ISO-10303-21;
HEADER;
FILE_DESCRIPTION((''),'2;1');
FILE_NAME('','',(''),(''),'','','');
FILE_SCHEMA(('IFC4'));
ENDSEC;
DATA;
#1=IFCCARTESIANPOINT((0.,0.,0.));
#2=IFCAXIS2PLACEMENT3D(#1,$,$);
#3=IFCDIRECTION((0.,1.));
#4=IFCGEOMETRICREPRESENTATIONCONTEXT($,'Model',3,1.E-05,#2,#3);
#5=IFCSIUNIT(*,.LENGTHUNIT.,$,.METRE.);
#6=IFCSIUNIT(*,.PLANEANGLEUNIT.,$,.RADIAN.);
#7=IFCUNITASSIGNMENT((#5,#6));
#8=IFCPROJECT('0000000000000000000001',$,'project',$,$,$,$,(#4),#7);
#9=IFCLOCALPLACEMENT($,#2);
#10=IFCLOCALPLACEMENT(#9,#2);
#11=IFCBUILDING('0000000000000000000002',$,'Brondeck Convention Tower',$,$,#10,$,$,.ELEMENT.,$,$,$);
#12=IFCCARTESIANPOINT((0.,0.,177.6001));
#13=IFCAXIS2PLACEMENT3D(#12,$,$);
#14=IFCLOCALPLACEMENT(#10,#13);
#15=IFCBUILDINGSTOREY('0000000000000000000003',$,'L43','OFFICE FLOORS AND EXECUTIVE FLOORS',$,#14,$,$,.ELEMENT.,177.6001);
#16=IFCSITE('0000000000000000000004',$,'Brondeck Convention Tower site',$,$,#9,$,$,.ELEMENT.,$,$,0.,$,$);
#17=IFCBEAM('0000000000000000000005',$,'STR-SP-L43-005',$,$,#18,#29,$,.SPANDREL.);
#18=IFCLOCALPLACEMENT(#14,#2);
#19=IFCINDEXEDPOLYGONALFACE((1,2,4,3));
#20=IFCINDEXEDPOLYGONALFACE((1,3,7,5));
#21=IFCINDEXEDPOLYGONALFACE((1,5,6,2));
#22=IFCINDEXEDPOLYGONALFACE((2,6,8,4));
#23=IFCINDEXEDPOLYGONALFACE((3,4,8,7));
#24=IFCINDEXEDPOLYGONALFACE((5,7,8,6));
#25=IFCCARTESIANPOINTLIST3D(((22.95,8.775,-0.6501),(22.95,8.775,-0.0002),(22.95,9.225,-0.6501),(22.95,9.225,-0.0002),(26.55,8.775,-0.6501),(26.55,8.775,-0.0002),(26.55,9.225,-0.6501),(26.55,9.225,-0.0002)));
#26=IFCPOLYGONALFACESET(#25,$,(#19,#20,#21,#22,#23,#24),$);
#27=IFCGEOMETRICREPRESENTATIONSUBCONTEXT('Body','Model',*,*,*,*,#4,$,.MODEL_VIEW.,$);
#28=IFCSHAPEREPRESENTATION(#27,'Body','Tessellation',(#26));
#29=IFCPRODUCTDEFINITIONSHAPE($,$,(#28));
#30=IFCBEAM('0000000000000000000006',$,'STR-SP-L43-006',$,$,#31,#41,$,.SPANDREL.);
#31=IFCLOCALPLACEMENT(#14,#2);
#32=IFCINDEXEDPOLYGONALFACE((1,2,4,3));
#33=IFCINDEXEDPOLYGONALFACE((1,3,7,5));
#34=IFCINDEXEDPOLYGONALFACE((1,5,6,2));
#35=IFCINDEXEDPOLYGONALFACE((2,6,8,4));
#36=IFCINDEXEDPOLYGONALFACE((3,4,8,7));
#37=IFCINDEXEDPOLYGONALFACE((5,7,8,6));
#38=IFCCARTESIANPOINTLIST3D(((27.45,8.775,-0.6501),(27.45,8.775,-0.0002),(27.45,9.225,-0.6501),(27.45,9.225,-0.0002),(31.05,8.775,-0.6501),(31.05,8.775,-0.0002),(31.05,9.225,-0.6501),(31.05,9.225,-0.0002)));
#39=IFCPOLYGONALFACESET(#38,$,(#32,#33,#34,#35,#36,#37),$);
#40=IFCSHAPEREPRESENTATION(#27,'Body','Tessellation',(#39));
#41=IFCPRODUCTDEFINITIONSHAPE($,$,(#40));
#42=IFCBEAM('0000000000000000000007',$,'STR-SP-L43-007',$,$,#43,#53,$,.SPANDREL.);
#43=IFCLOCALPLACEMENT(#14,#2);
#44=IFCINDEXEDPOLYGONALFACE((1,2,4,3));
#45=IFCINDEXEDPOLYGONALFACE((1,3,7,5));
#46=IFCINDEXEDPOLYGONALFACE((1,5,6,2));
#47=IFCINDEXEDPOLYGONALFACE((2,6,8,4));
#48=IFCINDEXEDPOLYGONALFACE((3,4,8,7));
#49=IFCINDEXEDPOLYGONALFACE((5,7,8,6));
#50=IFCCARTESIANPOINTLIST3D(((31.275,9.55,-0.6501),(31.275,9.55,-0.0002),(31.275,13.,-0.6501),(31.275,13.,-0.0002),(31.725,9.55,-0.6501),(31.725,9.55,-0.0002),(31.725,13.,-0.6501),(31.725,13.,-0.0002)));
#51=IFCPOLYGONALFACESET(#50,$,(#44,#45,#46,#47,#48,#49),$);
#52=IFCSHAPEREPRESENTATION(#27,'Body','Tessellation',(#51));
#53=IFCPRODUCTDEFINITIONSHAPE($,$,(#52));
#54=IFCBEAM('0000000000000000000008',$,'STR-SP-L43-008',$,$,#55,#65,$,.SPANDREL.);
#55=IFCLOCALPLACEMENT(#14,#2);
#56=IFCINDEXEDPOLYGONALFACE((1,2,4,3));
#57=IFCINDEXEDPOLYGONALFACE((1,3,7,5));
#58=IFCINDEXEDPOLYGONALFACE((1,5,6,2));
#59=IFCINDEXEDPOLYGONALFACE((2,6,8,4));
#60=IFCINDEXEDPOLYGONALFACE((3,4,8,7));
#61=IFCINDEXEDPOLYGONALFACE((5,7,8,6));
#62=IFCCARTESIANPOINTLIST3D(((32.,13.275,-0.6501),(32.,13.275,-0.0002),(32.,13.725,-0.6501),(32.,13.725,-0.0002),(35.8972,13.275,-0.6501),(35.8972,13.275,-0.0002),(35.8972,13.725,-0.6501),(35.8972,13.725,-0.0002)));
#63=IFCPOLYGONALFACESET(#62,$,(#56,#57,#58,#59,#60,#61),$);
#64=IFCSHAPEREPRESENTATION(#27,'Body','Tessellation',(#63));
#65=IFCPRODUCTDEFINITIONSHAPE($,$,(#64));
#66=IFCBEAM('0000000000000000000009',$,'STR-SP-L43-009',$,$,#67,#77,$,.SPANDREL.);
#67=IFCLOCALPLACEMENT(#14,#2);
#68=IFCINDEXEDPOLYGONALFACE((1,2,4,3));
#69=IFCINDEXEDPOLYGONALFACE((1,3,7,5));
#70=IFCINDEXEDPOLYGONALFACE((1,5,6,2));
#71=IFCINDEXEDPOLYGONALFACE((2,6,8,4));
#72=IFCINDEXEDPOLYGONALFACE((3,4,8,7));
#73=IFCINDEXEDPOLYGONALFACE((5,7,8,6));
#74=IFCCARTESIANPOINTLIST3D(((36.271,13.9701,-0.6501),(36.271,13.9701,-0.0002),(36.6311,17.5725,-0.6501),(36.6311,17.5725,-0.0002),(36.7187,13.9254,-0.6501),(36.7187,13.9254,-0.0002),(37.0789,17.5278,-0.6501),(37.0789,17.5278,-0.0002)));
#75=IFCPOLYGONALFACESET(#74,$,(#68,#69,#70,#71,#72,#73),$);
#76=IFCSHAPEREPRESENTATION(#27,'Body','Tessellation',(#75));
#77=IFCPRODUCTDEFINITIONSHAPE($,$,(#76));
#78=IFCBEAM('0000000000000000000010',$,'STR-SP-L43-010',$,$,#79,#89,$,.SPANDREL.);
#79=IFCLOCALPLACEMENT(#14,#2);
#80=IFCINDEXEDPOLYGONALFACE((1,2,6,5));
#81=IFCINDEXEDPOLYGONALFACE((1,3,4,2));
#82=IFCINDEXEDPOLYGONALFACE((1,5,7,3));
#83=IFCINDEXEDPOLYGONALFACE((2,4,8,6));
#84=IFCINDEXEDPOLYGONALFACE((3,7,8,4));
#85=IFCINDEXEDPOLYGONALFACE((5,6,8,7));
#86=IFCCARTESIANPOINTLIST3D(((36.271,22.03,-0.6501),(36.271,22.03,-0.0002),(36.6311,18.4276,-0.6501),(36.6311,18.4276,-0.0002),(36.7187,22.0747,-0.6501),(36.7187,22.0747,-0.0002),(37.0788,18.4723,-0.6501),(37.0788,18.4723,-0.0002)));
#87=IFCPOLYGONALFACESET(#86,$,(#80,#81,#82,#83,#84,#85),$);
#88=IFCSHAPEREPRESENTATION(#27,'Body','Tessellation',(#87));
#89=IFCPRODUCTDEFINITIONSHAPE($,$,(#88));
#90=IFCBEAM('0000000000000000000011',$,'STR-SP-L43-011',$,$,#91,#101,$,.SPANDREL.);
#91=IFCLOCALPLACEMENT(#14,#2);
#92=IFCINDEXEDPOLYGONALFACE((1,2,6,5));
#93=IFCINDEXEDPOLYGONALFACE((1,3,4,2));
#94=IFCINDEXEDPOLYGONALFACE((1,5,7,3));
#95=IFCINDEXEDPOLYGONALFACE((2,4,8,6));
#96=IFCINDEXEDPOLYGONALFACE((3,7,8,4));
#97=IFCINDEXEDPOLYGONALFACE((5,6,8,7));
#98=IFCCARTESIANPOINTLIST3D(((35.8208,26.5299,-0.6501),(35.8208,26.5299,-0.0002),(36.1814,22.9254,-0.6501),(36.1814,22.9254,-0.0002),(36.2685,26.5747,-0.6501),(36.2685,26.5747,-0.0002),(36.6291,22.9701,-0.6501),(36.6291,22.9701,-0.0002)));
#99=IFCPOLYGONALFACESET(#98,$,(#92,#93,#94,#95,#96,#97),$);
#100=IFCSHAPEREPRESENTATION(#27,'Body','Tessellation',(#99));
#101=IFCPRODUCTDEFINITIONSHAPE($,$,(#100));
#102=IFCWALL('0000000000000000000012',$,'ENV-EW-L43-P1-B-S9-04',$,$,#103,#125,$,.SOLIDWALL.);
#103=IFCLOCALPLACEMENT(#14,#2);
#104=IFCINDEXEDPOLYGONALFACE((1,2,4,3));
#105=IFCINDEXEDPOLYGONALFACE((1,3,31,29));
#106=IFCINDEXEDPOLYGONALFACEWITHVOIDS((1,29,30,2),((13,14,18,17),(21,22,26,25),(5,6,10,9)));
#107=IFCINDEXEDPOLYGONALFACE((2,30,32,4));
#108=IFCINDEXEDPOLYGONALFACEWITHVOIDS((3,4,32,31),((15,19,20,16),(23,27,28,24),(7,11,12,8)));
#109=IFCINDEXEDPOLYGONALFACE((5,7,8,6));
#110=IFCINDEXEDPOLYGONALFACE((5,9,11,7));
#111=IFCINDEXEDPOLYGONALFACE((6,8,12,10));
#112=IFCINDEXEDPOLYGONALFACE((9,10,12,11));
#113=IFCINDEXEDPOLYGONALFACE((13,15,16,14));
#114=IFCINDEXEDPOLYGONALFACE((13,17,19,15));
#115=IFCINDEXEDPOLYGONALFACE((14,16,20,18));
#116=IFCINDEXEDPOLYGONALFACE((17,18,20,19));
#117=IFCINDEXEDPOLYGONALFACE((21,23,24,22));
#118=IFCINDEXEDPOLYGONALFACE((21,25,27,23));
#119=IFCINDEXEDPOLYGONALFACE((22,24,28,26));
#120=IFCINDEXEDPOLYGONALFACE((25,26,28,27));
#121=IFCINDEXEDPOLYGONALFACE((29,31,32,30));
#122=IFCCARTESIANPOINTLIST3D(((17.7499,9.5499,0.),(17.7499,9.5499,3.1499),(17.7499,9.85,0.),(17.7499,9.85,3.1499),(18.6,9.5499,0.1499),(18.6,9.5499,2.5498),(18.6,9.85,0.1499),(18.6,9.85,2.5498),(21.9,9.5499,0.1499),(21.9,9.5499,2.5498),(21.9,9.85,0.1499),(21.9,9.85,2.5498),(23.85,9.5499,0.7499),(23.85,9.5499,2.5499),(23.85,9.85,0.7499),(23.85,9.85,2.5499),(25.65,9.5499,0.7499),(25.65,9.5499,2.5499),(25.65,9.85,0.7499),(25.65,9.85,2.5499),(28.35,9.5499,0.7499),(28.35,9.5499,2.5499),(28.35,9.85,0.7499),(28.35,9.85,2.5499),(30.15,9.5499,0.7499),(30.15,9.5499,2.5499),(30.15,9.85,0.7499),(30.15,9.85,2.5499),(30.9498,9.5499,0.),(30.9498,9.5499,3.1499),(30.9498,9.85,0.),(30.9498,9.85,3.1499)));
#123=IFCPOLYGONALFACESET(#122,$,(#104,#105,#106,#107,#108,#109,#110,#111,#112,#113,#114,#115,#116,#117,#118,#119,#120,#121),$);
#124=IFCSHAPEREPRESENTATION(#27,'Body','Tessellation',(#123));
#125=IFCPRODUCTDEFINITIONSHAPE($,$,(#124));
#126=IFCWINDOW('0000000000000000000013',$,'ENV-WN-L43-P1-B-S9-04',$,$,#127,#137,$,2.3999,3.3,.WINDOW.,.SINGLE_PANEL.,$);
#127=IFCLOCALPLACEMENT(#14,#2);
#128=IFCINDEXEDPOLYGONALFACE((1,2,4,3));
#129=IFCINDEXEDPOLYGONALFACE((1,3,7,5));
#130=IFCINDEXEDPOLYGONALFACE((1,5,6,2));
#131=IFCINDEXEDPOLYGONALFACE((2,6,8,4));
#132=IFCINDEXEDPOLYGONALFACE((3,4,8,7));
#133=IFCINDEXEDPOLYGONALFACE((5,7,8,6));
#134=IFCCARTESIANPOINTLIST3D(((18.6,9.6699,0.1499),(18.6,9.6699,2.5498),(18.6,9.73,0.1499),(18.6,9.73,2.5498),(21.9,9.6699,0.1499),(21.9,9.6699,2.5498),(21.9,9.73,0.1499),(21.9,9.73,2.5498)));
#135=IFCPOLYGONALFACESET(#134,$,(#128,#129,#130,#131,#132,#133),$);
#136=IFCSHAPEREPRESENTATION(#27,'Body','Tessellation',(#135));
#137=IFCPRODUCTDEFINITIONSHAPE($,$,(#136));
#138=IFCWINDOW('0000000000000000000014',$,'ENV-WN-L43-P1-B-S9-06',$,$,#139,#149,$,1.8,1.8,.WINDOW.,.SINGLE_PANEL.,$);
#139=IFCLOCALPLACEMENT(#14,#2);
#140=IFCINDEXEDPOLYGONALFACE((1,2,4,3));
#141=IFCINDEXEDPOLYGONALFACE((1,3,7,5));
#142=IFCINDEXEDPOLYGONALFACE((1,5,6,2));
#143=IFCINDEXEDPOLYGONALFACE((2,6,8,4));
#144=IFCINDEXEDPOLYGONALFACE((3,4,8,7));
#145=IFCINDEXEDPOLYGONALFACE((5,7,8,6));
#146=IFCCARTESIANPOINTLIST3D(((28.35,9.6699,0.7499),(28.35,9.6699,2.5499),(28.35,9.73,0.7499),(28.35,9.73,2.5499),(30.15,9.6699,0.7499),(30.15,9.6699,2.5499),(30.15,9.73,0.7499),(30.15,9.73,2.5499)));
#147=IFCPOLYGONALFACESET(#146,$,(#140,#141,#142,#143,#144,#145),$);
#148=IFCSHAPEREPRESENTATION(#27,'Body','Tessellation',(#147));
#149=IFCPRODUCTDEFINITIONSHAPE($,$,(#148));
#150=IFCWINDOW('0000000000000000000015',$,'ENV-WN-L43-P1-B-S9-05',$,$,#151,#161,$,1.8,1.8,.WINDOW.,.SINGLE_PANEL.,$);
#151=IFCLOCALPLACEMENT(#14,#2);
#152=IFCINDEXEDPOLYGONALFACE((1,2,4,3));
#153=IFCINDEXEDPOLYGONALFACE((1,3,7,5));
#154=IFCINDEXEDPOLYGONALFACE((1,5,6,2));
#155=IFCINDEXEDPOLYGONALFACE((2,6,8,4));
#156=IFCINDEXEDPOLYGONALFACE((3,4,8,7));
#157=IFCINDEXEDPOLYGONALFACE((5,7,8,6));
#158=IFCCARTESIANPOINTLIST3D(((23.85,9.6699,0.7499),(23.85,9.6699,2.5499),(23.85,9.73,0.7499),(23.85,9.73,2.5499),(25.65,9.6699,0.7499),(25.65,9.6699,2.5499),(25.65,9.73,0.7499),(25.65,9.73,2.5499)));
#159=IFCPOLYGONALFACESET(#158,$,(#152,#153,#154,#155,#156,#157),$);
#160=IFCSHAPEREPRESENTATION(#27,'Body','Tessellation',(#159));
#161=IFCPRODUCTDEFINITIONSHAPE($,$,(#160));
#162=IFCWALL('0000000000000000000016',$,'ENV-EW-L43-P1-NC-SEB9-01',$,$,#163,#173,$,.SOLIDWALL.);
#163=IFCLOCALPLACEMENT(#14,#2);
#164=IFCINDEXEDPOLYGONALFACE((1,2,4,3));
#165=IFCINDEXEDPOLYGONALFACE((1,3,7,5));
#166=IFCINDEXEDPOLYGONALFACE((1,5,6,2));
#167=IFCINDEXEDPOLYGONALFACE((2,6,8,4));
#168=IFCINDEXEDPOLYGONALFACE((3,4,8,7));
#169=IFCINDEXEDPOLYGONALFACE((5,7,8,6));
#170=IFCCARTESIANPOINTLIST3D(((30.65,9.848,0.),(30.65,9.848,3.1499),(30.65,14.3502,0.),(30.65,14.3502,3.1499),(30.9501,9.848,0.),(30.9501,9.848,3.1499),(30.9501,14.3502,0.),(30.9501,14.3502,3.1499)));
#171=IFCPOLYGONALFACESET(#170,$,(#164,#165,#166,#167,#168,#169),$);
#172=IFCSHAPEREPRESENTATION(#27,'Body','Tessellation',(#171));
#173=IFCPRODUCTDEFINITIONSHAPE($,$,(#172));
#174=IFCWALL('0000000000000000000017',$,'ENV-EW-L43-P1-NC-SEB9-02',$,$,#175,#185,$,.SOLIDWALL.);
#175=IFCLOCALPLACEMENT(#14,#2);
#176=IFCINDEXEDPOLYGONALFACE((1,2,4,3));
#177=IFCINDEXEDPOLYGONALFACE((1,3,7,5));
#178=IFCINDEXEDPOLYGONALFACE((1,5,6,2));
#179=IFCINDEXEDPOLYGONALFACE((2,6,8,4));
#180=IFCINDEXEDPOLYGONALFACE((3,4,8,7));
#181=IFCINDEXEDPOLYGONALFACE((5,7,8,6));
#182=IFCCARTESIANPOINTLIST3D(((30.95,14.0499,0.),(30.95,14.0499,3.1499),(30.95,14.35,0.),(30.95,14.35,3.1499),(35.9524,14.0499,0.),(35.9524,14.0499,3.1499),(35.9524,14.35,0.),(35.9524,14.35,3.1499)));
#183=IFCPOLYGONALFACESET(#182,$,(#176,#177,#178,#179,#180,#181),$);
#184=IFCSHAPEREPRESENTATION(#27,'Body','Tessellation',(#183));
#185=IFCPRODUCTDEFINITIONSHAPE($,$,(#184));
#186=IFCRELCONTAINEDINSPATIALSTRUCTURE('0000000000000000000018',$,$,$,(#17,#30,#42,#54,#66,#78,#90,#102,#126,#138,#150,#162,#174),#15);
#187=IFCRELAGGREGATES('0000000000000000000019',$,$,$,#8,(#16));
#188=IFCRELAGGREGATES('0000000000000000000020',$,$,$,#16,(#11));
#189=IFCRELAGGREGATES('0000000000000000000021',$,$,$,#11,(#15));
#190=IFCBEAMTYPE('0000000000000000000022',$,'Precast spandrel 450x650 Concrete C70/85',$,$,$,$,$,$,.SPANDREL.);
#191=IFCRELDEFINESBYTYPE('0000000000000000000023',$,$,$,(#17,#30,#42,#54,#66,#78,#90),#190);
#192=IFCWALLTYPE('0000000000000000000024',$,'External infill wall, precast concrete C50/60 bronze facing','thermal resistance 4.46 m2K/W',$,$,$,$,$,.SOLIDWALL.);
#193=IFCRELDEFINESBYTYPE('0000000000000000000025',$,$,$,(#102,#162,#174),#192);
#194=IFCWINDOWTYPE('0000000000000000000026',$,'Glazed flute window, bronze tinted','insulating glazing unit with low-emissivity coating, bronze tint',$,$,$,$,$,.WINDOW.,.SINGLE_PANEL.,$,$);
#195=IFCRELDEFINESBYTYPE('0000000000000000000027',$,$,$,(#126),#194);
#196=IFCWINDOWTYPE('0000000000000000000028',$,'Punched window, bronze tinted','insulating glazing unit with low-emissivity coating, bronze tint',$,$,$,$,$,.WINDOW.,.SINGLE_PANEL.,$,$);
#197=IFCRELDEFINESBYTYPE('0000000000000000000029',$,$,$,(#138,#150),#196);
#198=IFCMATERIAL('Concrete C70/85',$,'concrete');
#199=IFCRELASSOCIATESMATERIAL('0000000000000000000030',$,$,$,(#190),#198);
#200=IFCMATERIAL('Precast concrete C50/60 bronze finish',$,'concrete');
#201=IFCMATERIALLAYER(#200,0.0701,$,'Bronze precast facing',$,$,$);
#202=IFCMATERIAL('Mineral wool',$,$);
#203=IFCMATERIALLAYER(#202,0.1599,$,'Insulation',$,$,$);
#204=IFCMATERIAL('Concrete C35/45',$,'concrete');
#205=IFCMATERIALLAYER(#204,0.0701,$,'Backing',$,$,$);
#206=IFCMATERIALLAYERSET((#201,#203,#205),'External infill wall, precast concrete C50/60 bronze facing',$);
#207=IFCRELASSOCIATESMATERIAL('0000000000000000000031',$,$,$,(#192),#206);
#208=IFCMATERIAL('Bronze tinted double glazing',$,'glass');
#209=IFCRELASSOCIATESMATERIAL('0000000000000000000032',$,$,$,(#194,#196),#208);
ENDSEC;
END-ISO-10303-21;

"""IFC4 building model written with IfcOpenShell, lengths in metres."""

from ifc_helpers import new_model, si_unit, direction, frame, frame_2d, origin, origin_2d, place, context, subcontext, project, spatial, rectangle, extrude, material, layer, layer_set, material_profile, profile_set, type_object, element, fill, save


model = new_model("IFC4")

# Units and contexts
model_context = context("Model", 3, precision=1e-05, world=origin(), true_north=direction((0.0, 1.0)))
body_context = subcontext(model_context, "Body", "Model", "MODEL_VIEW")
ifc_project = project(units=[si_unit("LENGTHUNIT", "METRE"), si_unit("PLANEANGLEUNIT", "RADIAN")], contexts=[model_context])

# Site, building, storey
site_placement = place(None, origin())
site = spatial("IfcSite", under=ifc_project, at=site_placement, Name="Brondeck Convention Tower site", CompositionType="ELEMENT", RefElevation=0.0)
building_placement = place(site_placement, origin())
building = spatial("IfcBuilding", under=site, at=building_placement, Name="Brondeck Convention Tower", CompositionType="ELEMENT")
storey_placement = place(building_placement, frame((0.0, 0.0, 177.6001)))
storey = spatial("IfcBuildingStorey", under=building, at=storey_placement, Name="L43", Description="OFFICE FLOORS AND EXECUTIVE FLOORS", CompositionType="ELEMENT", Elevation=177.6001)

# Shared definitions
ifc_material_1 = material(Name="Concrete C70/85", Category="concrete")

# Beams
ifc_material_profile_1 = material_profile(ifc_material_1, rectangle(XDim=0.45, YDim=0.6499, at=origin_2d()), Name="Precast spandrel 450x650 Concrete C70/85")
ifc_profile_set_1 = profile_set([ifc_material_profile_1], Name="Concrete C70/85")
beam_type_1 = type_object("IfcBeamType", Name="Precast spandrel 450x650 Concrete C70/85", PredefinedType="SPANDREL", material=ifc_profile_set_1)
for number, where, z_axis, x_axis, name in (
    (1, (22.95, 9.0, -0.3252), (1.0, 0.0, 0.0), (0.0, 1.0, 0.0), "STR-SP-L43-005"),
    (2, (27.45, 9.0, -0.3252), (1.0, 0.0, 0.0), (0.0, 1.0, 0.0), "STR-SP-L43-006"),
):
    element("IfcBeam", number, at=place(storey_placement, frame(where, z_axis=z_axis, x_axis=x_axis)), inside=storey, type_object=beam_type_1, Name=name, PredefinedType="SPANDREL", context=body_context, shape_type="SweptSolid", body=[
        extrude(rectangle(XDim=0.45, YDim=0.6499, at=origin_2d()), origin(), (0.0, 0.0, 1.0), 3.6001),
    ])
beam_1_placement = place(storey_placement, frame((31.5, 9.55, -0.3252), z_axis=(0.0, 1.0, 0.0), x_axis=(-1.0, 0.0, 0.0)))
element("IfcBeam", 3, at=beam_1_placement, inside=storey, type_object=beam_type_1, Name="STR-SP-L43-007", PredefinedType="SPANDREL", context=body_context, shape_type="SweptSolid", body=[
    extrude(rectangle(XDim=0.45, YDim=0.6499, at=origin_2d()), origin(), (0.0, 0.0, 1.0), 3.45),
])
beam_2_placement = place(storey_placement, frame((32.0, 13.5, -0.3252), z_axis=(1.0, 0.0, 0.0), x_axis=(0.0, 1.0, 0.0)))
element("IfcBeam", 4, at=beam_2_placement, inside=storey, type_object=beam_type_1, Name="STR-SP-L43-008", PredefinedType="SPANDREL", context=body_context, shape_type="SweptSolid", body=[
    extrude(rectangle(XDim=0.45, YDim=0.6499, at=origin_2d()), origin(), (0.0, 0.0, 1.0), 3.8972),
])
for number, where, z_axis, x_axis, name in (
    (5, (36.4949, 13.9478, -0.3252), (0.09947, 0.995041, 0.0), (-0.995041, 0.09947, 0.0), "STR-SP-L43-009"),
    (6, (36.855, 18.45, -0.3252), (-0.09947, 0.995041, 0.0), (-0.995041, -0.09947, 0.0), "STR-SP-L43-010"),
):
    element("IfcBeam", number, at=place(storey_placement, frame(where, z_axis=z_axis, x_axis=x_axis)), inside=storey, type_object=beam_type_1, Name=name, PredefinedType="SPANDREL", context=body_context, shape_type="SweptSolid", body=[
        extrude(rectangle(XDim=0.45, YDim=0.6499, at=origin_2d()), origin(), (0.0, 0.0, 1.0), 3.6204),
    ])
beam_3_placement = place(storey_placement, frame((36.4053, 22.9478, -0.3252), z_axis=(-0.099544, 0.995033, 0.0), x_axis=(-0.995033, -0.099544, 0.0)))
element("IfcBeam", 7, at=beam_3_placement, inside=storey, type_object=beam_type_1, Name="STR-SP-L43-011", PredefinedType="SPANDREL", context=body_context, shape_type="SweptSolid", body=[
    extrude(rectangle(XDim=0.45, YDim=0.6499, at=origin_2d()), origin(), (0.0, 0.0, 1.0), 3.6226),
])

# Wall, openings, windows
ifc_material_2 = material(Name="Precast concrete C50/60 bronze finish", Category="concrete")
ifc_layer_1 = layer(ifc_material_2, 0.0701, Name="Bronze precast facing")
ifc_material_3 = material(Name="Mineral wool")
ifc_layer_2 = layer(ifc_material_3, 0.1599, Name="Insulation")
ifc_material_4 = material(Name="Concrete C35/45", Category="concrete")
ifc_layer_3 = layer(ifc_material_4, 0.0701, Name="Backing")
ifc_layer_set = layer_set([ifc_layer_1, ifc_layer_2, ifc_layer_3], Name="External infill wall, precast concrete C50/60 bronze facing")
wall_type = type_object("IfcWallType", Name="External infill wall, precast concrete C50/60 bronze facing", Description="thermal resistance 4.46 m2K/W", PredefinedType="SOLIDWALL", material=ifc_layer_set)
wall_1_placement = place(storey_placement, frame((30.95, 9.7, 0.0), z_axis=(0.0, 0.0, 1.0), x_axis=(-1.0, 0.0, 0.0)))
wall_1 = element("IfcWall", 8, at=wall_1_placement, inside=storey, type_object=wall_type, Name="ENV-EW-L43-P1-B-S9-04", PredefinedType="SOLIDWALL", context=body_context, shape_type="SweptSolid", body=[
    extrude(rectangle(XDim=13.2, YDim=0.3, at=frame_2d((6.6001, 0.0))), origin(), (0.0, 0.0, 1.0), 3.1499),
])
opening_1_placement = place(wall_1_placement, frame((0.8, 0.0, 0.75)))
opening_1 = element("IfcOpeningElement", 9, at=opening_1_placement, cuts=wall_1, PredefinedType="OPENING", context=body_context, shape_type="SweptSolid", body=[
    extrude(rectangle(XDim=1.8, YDim=1.8, at=frame_2d((0.8999, 0.8999))), frame((0.0, 0.1599, 0.0), z_axis=(0.0, -1.0, 0.0), x_axis=(1.0, 0.0, 0.0)), (0.0, 0.0, 1.0), 0.3201),
])
opening_2_placement = place(wall_1_placement, frame((5.3, 0.0, 0.75)))
opening_2 = element("IfcOpeningElement", 10, at=opening_2_placement, cuts=wall_1, PredefinedType="OPENING", context=body_context, shape_type="SweptSolid", body=[
    extrude(rectangle(XDim=1.8, YDim=1.8, at=frame_2d((0.8999, 0.8999))), frame((0.0, 0.1599, 0.0), z_axis=(0.0, -1.0, 0.0), x_axis=(1.0, 0.0, 0.0)), (0.0, 0.0, 1.0), 0.3201),
])
opening_3_placement = place(wall_1_placement, frame((9.05, 0.0, 0.1499)))
opening_3 = element("IfcOpeningElement", 11, at=opening_3_placement, cuts=wall_1, PredefinedType="OPENING", context=body_context, shape_type="SweptSolid", body=[
    extrude(rectangle(XDim=3.3, YDim=2.3999, at=frame_2d((1.6499, 1.2))), frame((0.0, 0.1599, 0.0), z_axis=(0.0, -1.0, 0.0), x_axis=(1.0, 0.0, 0.0)), (0.0, 0.0, 1.0), 0.3201),
])
ifc_material_5 = material(Name="Bronze tinted double glazing", Category="glass")
window_type_1 = type_object("IfcWindowType", Name="Glazed flute window, bronze tinted", Description="insulating glazing unit with low-emissivity coating, bronze tint", PartitioningType="SINGLE_PANEL", PredefinedType="WINDOW", material=ifc_material_5)
window_1_placement = place(opening_3_placement, origin())
window_1 = element("IfcWindow", 12, at=window_1_placement, inside=storey, type_object=window_type_1, Name="ENV-WN-L43-P1-B-S9-04", OverallHeight=2.3999, OverallWidth=3.3, PartitioningType="SINGLE_PANEL", PredefinedType="WINDOW", context=body_context, shape_type="SweptSolid", body=[
    extrude(rectangle(XDim=3.3, YDim=2.3999, at=frame_2d((1.6499, 1.2))), frame((0.0, 0.03, 0.0), z_axis=(0.0, -1.0, 0.0), x_axis=(1.0, 0.0, 0.0)), (0.0, 0.0, 1.0), 0.0601),
])
fill(opening_3, window_1)
window_type_2 = type_object("IfcWindowType", Name="Punched window, bronze tinted", Description="insulating glazing unit with low-emissivity coating, bronze tint", PartitioningType="SINGLE_PANEL", PredefinedType="WINDOW", material=ifc_material_5)
window_2_placement = place(opening_1_placement, origin())
window_2 = element("IfcWindow", 13, at=window_2_placement, inside=storey, type_object=window_type_2, Name="ENV-WN-L43-P1-B-S9-06", OverallHeight=1.8, OverallWidth=1.8, PartitioningType="SINGLE_PANEL", PredefinedType="WINDOW", context=body_context, shape_type="SweptSolid", body=[
    extrude(rectangle(XDim=1.8, YDim=1.8, at=frame_2d((0.8999, 0.8999))), frame((0.0, 0.03, 0.0), z_axis=(0.0, -1.0, 0.0), x_axis=(1.0, 0.0, 0.0)), (0.0, 0.0, 1.0), 0.0601),
])
fill(opening_1, window_2)
window_3_placement = place(opening_2_placement, origin())
window_3 = element("IfcWindow", 14, at=window_3_placement, inside=storey, type_object=window_type_2, Name="ENV-WN-L43-P1-B-S9-05", OverallHeight=1.8, OverallWidth=1.8, PartitioningType="SINGLE_PANEL", PredefinedType="WINDOW", context=body_context, shape_type="SweptSolid", body=[
    extrude(rectangle(XDim=1.8, YDim=1.8, at=frame_2d((0.8999, 0.8999))), frame((0.0, 0.03, 0.0), z_axis=(0.0, -1.0, 0.0), x_axis=(1.0, 0.0, 0.0)), (0.0, 0.0, 1.0), 0.0601),
])
fill(opening_2, window_3)

# Walls
wall_2_placement = place(storey_placement, frame((30.8, 14.3501, 0.0), z_axis=(0.0, 0.0, 1.0), x_axis=(0.0, -1.0, 0.0)))
element("IfcWall", 15, at=wall_2_placement, inside=storey, type_object=wall_type, Name="ENV-EW-L43-P1-NC-SEB9-01", PredefinedType="SOLIDWALL", context=body_context, shape_type="SweptSolid", body=[
    extrude(rectangle(XDim=4.5022, YDim=0.3, at=frame_2d((2.251, 0.0))), origin(), (0.0, 0.0, 1.0), 3.1499),
])
wall_3_placement = place(storey_placement, frame((35.9524, 14.2, 0.0), z_axis=(0.0, 0.0, 1.0), x_axis=(-1.0, 0.0, 0.0)))
element("IfcWall", 16, at=wall_3_placement, inside=storey, type_object=wall_type, Name="ENV-EW-L43-P1-NC-SEB9-02", PredefinedType="SOLIDWALL", context=body_context, shape_type="SweptSolid", body=[
    extrude(rectangle(XDim=5.0024, YDim=0.3, at=frame_2d((2.5012, 0.0))), origin(), (0.0, 0.0, 1.0), 3.1499),
])

save(model, "model.ifc")
